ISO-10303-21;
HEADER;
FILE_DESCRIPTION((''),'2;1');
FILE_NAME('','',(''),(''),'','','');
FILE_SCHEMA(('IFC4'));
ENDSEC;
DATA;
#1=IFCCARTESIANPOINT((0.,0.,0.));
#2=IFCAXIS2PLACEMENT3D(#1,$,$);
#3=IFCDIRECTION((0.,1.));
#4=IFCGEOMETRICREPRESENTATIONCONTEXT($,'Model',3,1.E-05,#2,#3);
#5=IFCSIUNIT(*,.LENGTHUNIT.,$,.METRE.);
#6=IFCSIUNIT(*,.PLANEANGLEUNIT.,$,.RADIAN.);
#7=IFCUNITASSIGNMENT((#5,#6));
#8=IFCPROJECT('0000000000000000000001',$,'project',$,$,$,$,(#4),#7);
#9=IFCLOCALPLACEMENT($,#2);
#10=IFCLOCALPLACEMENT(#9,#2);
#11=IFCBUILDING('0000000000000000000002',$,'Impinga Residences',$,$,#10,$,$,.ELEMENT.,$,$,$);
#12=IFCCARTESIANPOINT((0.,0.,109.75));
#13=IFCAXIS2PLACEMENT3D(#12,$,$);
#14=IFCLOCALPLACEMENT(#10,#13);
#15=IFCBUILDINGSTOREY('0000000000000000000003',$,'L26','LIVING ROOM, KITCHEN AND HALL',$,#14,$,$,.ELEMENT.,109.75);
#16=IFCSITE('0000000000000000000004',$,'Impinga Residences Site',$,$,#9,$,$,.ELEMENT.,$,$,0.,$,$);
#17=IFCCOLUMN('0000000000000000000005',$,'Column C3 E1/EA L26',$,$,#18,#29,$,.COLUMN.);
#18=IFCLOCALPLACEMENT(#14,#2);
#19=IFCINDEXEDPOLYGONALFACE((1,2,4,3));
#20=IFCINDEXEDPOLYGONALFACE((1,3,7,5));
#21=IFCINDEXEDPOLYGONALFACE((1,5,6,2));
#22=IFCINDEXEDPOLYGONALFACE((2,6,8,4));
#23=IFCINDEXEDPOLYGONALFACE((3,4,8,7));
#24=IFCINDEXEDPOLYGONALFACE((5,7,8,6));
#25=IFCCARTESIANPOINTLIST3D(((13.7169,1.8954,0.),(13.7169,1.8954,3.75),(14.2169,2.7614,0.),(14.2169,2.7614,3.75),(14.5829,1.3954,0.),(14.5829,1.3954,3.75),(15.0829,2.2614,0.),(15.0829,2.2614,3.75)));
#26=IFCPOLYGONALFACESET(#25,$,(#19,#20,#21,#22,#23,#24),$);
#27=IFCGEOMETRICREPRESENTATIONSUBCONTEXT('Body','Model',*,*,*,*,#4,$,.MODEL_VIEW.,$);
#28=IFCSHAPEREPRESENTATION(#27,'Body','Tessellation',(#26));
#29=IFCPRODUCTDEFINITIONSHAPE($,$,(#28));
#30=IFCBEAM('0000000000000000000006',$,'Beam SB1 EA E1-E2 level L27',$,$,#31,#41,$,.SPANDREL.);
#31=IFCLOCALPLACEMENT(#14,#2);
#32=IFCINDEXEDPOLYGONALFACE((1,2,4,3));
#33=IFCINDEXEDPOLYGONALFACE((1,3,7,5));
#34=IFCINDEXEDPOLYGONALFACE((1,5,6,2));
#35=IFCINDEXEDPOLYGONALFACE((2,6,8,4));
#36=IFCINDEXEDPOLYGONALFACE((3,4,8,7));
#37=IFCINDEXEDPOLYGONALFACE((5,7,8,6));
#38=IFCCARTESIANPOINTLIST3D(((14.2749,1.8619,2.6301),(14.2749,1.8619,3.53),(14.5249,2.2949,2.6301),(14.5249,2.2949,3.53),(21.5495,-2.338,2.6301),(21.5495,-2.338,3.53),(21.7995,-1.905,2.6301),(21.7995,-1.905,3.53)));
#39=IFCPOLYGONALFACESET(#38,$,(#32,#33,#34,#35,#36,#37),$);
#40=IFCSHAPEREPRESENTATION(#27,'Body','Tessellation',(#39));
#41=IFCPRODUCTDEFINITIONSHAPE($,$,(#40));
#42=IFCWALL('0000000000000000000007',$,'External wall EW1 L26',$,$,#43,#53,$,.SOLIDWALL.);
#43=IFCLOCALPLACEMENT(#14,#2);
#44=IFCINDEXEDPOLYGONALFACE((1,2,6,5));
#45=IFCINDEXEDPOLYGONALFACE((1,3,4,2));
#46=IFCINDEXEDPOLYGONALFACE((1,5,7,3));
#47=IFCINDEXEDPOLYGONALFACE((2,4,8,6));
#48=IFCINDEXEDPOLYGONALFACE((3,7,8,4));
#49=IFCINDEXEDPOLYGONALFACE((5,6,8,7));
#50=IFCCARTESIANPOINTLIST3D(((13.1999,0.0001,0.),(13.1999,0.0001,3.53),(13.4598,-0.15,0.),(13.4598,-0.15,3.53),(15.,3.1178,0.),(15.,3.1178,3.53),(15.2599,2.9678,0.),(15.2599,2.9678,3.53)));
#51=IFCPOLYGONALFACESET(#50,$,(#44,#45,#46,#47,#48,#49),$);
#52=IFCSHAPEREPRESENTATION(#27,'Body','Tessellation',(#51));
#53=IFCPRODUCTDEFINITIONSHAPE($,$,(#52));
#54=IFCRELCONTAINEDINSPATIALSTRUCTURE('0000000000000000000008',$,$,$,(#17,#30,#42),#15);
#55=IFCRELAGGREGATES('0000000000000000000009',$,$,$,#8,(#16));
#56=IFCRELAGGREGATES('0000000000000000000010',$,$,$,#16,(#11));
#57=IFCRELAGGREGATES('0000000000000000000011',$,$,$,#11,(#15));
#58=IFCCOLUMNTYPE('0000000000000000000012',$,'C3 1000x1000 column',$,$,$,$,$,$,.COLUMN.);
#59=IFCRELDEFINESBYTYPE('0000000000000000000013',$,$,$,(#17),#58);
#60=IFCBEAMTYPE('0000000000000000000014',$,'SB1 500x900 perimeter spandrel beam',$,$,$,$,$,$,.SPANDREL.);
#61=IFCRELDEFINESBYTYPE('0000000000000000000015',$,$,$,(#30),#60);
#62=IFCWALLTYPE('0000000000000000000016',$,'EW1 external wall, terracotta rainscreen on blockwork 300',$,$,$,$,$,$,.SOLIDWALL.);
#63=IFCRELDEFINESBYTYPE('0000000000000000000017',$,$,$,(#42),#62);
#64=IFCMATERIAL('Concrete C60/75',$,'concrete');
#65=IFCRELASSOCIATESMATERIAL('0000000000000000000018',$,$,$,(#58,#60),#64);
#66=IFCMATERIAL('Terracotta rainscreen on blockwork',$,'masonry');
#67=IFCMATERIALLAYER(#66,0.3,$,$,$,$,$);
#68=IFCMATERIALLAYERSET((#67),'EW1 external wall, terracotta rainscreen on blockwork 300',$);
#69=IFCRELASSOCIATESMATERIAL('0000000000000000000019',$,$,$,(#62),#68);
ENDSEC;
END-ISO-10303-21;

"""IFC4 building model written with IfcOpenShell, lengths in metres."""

from ifc_helpers import new_model, si_unit, direction, frame, frame_2d, origin, origin_2d, place, context, subcontext, project, spatial, rectangle, extrude, material, layer, layer_set, material_profile, profile_set, type_object, element, save


model = new_model("IFC4")

# Units and contexts
model_context = context("Model", 3, precision=1e-05, world=origin(), true_north=direction((0.0, 1.0)))
body_context = subcontext(model_context, "Body", "Model", "MODEL_VIEW")
ifc_project = project(units=[si_unit("LENGTHUNIT", "METRE"), si_unit("PLANEANGLEUNIT", "RADIAN")], contexts=[model_context])

# Site, building, storey
site_placement = place(None, origin())
site = spatial("IfcSite", under=ifc_project, at=site_placement, Name="Impinga Residences Site", CompositionType="ELEMENT", RefElevation=0.0)
building_placement = place(site_placement, origin())
building = spatial("IfcBuilding", under=site, at=building_placement, Name="Impinga Residences", CompositionType="ELEMENT")
storey_placement = place(building_placement, frame((0.0, 0.0, 109.75)))
storey = spatial("IfcBuildingStorey", under=building, at=storey_placement, Name="L26", Description="LIVING ROOM, KITCHEN AND HALL", CompositionType="ELEMENT", Elevation=109.75)

# Column
ifc_material_1 = material(Name="Concrete C60/75", Category="concrete")
ifc_material_profile_1 = material_profile(ifc_material_1, rectangle(XDim=1.0, YDim=1.0, at=origin_2d()), Name="RC 1000x1000")
ifc_profile_set_1 = profile_set([ifc_material_profile_1], Name="Concrete C60/75")
column_type = type_object("IfcColumnType", Name="C3 1000x1000 column", PredefinedType="COLUMN", material=ifc_profile_set_1)
column_placement = place(storey_placement, frame((14.3999, 2.0784, 0.0), z_axis=(0.0, 0.0, 1.0), x_axis=(-0.5, -0.866025, 0.0)))
element("IfcColumn", 1, at=column_placement, inside=storey, type_object=column_type, Name="Column C3 E1/EA L26", PredefinedType="COLUMN", context=body_context, shape_type="SweptSolid", body=[
    extrude(rectangle(XDim=1.0, YDim=1.0, at=origin_2d()), origin(), (0.0, 0.0, 1.0), 3.75),
])

# Beam
ifc_material_profile_2 = material_profile(ifc_material_1, rectangle(XDim=0.5, YDim=0.8999, at=origin_2d()), Name="RC 500x900")
ifc_profile_set_2 = profile_set([ifc_material_profile_2], Name="Concrete C60/75")
beam_type = type_object("IfcBeamType", Name="SB1 500x900 perimeter spandrel beam", PredefinedType="SPANDREL", material=ifc_profile_set_2)
beam_placement = place(storey_placement, frame((14.3999, 2.0784, 3.0801), z_axis=(0.866029, -0.499993, 0.0), x_axis=(0.499993, 0.866029, 0.0)))
element("IfcBeam", 2, at=beam_placement, inside=storey, type_object=beam_type, Name="Beam SB1 EA E1-E2 level L27", PredefinedType="SPANDREL", context=body_context, shape_type="SweptSolid", body=[
    extrude(rectangle(XDim=0.5, YDim=0.8999, at=origin_2d()), origin(), (0.0, 0.0, 1.0), 8.3999),
])

# Wall
ifc_material_2 = material(Name="Terracotta rainscreen on blockwork", Category="masonry")
ifc_layer_1 = layer(ifc_material_2, 0.3)
ifc_layer_set_1 = layer_set([ifc_layer_1], Name="EW1 external wall, terracotta rainscreen on blockwork 300")
wall_type_1 = type_object("IfcWallType", Name="EW1 external wall, terracotta rainscreen on blockwork 300", PredefinedType="SOLIDWALL", material=ifc_layer_set_1)
wall_1_placement = place(storey_placement, frame((13.3298, -0.075, 0.0), z_axis=(0.0, 0.0, 1.0), x_axis=(0.500012, 0.866018, 0.0)))
element("IfcWall", 3, at=wall_1_placement, inside=storey, type_object=wall_type_1, Name="External wall EW1 L26", PredefinedType="SOLIDWALL", context=body_context, shape_type="SweptSolid", body=[
    extrude(rectangle(XDim=3.6001, YDim=0.3, at=frame_2d((1.8, 0.0))), origin(), (0.0, 0.0, 1.0), 3.53),
])

save(model, "model.ifc")
